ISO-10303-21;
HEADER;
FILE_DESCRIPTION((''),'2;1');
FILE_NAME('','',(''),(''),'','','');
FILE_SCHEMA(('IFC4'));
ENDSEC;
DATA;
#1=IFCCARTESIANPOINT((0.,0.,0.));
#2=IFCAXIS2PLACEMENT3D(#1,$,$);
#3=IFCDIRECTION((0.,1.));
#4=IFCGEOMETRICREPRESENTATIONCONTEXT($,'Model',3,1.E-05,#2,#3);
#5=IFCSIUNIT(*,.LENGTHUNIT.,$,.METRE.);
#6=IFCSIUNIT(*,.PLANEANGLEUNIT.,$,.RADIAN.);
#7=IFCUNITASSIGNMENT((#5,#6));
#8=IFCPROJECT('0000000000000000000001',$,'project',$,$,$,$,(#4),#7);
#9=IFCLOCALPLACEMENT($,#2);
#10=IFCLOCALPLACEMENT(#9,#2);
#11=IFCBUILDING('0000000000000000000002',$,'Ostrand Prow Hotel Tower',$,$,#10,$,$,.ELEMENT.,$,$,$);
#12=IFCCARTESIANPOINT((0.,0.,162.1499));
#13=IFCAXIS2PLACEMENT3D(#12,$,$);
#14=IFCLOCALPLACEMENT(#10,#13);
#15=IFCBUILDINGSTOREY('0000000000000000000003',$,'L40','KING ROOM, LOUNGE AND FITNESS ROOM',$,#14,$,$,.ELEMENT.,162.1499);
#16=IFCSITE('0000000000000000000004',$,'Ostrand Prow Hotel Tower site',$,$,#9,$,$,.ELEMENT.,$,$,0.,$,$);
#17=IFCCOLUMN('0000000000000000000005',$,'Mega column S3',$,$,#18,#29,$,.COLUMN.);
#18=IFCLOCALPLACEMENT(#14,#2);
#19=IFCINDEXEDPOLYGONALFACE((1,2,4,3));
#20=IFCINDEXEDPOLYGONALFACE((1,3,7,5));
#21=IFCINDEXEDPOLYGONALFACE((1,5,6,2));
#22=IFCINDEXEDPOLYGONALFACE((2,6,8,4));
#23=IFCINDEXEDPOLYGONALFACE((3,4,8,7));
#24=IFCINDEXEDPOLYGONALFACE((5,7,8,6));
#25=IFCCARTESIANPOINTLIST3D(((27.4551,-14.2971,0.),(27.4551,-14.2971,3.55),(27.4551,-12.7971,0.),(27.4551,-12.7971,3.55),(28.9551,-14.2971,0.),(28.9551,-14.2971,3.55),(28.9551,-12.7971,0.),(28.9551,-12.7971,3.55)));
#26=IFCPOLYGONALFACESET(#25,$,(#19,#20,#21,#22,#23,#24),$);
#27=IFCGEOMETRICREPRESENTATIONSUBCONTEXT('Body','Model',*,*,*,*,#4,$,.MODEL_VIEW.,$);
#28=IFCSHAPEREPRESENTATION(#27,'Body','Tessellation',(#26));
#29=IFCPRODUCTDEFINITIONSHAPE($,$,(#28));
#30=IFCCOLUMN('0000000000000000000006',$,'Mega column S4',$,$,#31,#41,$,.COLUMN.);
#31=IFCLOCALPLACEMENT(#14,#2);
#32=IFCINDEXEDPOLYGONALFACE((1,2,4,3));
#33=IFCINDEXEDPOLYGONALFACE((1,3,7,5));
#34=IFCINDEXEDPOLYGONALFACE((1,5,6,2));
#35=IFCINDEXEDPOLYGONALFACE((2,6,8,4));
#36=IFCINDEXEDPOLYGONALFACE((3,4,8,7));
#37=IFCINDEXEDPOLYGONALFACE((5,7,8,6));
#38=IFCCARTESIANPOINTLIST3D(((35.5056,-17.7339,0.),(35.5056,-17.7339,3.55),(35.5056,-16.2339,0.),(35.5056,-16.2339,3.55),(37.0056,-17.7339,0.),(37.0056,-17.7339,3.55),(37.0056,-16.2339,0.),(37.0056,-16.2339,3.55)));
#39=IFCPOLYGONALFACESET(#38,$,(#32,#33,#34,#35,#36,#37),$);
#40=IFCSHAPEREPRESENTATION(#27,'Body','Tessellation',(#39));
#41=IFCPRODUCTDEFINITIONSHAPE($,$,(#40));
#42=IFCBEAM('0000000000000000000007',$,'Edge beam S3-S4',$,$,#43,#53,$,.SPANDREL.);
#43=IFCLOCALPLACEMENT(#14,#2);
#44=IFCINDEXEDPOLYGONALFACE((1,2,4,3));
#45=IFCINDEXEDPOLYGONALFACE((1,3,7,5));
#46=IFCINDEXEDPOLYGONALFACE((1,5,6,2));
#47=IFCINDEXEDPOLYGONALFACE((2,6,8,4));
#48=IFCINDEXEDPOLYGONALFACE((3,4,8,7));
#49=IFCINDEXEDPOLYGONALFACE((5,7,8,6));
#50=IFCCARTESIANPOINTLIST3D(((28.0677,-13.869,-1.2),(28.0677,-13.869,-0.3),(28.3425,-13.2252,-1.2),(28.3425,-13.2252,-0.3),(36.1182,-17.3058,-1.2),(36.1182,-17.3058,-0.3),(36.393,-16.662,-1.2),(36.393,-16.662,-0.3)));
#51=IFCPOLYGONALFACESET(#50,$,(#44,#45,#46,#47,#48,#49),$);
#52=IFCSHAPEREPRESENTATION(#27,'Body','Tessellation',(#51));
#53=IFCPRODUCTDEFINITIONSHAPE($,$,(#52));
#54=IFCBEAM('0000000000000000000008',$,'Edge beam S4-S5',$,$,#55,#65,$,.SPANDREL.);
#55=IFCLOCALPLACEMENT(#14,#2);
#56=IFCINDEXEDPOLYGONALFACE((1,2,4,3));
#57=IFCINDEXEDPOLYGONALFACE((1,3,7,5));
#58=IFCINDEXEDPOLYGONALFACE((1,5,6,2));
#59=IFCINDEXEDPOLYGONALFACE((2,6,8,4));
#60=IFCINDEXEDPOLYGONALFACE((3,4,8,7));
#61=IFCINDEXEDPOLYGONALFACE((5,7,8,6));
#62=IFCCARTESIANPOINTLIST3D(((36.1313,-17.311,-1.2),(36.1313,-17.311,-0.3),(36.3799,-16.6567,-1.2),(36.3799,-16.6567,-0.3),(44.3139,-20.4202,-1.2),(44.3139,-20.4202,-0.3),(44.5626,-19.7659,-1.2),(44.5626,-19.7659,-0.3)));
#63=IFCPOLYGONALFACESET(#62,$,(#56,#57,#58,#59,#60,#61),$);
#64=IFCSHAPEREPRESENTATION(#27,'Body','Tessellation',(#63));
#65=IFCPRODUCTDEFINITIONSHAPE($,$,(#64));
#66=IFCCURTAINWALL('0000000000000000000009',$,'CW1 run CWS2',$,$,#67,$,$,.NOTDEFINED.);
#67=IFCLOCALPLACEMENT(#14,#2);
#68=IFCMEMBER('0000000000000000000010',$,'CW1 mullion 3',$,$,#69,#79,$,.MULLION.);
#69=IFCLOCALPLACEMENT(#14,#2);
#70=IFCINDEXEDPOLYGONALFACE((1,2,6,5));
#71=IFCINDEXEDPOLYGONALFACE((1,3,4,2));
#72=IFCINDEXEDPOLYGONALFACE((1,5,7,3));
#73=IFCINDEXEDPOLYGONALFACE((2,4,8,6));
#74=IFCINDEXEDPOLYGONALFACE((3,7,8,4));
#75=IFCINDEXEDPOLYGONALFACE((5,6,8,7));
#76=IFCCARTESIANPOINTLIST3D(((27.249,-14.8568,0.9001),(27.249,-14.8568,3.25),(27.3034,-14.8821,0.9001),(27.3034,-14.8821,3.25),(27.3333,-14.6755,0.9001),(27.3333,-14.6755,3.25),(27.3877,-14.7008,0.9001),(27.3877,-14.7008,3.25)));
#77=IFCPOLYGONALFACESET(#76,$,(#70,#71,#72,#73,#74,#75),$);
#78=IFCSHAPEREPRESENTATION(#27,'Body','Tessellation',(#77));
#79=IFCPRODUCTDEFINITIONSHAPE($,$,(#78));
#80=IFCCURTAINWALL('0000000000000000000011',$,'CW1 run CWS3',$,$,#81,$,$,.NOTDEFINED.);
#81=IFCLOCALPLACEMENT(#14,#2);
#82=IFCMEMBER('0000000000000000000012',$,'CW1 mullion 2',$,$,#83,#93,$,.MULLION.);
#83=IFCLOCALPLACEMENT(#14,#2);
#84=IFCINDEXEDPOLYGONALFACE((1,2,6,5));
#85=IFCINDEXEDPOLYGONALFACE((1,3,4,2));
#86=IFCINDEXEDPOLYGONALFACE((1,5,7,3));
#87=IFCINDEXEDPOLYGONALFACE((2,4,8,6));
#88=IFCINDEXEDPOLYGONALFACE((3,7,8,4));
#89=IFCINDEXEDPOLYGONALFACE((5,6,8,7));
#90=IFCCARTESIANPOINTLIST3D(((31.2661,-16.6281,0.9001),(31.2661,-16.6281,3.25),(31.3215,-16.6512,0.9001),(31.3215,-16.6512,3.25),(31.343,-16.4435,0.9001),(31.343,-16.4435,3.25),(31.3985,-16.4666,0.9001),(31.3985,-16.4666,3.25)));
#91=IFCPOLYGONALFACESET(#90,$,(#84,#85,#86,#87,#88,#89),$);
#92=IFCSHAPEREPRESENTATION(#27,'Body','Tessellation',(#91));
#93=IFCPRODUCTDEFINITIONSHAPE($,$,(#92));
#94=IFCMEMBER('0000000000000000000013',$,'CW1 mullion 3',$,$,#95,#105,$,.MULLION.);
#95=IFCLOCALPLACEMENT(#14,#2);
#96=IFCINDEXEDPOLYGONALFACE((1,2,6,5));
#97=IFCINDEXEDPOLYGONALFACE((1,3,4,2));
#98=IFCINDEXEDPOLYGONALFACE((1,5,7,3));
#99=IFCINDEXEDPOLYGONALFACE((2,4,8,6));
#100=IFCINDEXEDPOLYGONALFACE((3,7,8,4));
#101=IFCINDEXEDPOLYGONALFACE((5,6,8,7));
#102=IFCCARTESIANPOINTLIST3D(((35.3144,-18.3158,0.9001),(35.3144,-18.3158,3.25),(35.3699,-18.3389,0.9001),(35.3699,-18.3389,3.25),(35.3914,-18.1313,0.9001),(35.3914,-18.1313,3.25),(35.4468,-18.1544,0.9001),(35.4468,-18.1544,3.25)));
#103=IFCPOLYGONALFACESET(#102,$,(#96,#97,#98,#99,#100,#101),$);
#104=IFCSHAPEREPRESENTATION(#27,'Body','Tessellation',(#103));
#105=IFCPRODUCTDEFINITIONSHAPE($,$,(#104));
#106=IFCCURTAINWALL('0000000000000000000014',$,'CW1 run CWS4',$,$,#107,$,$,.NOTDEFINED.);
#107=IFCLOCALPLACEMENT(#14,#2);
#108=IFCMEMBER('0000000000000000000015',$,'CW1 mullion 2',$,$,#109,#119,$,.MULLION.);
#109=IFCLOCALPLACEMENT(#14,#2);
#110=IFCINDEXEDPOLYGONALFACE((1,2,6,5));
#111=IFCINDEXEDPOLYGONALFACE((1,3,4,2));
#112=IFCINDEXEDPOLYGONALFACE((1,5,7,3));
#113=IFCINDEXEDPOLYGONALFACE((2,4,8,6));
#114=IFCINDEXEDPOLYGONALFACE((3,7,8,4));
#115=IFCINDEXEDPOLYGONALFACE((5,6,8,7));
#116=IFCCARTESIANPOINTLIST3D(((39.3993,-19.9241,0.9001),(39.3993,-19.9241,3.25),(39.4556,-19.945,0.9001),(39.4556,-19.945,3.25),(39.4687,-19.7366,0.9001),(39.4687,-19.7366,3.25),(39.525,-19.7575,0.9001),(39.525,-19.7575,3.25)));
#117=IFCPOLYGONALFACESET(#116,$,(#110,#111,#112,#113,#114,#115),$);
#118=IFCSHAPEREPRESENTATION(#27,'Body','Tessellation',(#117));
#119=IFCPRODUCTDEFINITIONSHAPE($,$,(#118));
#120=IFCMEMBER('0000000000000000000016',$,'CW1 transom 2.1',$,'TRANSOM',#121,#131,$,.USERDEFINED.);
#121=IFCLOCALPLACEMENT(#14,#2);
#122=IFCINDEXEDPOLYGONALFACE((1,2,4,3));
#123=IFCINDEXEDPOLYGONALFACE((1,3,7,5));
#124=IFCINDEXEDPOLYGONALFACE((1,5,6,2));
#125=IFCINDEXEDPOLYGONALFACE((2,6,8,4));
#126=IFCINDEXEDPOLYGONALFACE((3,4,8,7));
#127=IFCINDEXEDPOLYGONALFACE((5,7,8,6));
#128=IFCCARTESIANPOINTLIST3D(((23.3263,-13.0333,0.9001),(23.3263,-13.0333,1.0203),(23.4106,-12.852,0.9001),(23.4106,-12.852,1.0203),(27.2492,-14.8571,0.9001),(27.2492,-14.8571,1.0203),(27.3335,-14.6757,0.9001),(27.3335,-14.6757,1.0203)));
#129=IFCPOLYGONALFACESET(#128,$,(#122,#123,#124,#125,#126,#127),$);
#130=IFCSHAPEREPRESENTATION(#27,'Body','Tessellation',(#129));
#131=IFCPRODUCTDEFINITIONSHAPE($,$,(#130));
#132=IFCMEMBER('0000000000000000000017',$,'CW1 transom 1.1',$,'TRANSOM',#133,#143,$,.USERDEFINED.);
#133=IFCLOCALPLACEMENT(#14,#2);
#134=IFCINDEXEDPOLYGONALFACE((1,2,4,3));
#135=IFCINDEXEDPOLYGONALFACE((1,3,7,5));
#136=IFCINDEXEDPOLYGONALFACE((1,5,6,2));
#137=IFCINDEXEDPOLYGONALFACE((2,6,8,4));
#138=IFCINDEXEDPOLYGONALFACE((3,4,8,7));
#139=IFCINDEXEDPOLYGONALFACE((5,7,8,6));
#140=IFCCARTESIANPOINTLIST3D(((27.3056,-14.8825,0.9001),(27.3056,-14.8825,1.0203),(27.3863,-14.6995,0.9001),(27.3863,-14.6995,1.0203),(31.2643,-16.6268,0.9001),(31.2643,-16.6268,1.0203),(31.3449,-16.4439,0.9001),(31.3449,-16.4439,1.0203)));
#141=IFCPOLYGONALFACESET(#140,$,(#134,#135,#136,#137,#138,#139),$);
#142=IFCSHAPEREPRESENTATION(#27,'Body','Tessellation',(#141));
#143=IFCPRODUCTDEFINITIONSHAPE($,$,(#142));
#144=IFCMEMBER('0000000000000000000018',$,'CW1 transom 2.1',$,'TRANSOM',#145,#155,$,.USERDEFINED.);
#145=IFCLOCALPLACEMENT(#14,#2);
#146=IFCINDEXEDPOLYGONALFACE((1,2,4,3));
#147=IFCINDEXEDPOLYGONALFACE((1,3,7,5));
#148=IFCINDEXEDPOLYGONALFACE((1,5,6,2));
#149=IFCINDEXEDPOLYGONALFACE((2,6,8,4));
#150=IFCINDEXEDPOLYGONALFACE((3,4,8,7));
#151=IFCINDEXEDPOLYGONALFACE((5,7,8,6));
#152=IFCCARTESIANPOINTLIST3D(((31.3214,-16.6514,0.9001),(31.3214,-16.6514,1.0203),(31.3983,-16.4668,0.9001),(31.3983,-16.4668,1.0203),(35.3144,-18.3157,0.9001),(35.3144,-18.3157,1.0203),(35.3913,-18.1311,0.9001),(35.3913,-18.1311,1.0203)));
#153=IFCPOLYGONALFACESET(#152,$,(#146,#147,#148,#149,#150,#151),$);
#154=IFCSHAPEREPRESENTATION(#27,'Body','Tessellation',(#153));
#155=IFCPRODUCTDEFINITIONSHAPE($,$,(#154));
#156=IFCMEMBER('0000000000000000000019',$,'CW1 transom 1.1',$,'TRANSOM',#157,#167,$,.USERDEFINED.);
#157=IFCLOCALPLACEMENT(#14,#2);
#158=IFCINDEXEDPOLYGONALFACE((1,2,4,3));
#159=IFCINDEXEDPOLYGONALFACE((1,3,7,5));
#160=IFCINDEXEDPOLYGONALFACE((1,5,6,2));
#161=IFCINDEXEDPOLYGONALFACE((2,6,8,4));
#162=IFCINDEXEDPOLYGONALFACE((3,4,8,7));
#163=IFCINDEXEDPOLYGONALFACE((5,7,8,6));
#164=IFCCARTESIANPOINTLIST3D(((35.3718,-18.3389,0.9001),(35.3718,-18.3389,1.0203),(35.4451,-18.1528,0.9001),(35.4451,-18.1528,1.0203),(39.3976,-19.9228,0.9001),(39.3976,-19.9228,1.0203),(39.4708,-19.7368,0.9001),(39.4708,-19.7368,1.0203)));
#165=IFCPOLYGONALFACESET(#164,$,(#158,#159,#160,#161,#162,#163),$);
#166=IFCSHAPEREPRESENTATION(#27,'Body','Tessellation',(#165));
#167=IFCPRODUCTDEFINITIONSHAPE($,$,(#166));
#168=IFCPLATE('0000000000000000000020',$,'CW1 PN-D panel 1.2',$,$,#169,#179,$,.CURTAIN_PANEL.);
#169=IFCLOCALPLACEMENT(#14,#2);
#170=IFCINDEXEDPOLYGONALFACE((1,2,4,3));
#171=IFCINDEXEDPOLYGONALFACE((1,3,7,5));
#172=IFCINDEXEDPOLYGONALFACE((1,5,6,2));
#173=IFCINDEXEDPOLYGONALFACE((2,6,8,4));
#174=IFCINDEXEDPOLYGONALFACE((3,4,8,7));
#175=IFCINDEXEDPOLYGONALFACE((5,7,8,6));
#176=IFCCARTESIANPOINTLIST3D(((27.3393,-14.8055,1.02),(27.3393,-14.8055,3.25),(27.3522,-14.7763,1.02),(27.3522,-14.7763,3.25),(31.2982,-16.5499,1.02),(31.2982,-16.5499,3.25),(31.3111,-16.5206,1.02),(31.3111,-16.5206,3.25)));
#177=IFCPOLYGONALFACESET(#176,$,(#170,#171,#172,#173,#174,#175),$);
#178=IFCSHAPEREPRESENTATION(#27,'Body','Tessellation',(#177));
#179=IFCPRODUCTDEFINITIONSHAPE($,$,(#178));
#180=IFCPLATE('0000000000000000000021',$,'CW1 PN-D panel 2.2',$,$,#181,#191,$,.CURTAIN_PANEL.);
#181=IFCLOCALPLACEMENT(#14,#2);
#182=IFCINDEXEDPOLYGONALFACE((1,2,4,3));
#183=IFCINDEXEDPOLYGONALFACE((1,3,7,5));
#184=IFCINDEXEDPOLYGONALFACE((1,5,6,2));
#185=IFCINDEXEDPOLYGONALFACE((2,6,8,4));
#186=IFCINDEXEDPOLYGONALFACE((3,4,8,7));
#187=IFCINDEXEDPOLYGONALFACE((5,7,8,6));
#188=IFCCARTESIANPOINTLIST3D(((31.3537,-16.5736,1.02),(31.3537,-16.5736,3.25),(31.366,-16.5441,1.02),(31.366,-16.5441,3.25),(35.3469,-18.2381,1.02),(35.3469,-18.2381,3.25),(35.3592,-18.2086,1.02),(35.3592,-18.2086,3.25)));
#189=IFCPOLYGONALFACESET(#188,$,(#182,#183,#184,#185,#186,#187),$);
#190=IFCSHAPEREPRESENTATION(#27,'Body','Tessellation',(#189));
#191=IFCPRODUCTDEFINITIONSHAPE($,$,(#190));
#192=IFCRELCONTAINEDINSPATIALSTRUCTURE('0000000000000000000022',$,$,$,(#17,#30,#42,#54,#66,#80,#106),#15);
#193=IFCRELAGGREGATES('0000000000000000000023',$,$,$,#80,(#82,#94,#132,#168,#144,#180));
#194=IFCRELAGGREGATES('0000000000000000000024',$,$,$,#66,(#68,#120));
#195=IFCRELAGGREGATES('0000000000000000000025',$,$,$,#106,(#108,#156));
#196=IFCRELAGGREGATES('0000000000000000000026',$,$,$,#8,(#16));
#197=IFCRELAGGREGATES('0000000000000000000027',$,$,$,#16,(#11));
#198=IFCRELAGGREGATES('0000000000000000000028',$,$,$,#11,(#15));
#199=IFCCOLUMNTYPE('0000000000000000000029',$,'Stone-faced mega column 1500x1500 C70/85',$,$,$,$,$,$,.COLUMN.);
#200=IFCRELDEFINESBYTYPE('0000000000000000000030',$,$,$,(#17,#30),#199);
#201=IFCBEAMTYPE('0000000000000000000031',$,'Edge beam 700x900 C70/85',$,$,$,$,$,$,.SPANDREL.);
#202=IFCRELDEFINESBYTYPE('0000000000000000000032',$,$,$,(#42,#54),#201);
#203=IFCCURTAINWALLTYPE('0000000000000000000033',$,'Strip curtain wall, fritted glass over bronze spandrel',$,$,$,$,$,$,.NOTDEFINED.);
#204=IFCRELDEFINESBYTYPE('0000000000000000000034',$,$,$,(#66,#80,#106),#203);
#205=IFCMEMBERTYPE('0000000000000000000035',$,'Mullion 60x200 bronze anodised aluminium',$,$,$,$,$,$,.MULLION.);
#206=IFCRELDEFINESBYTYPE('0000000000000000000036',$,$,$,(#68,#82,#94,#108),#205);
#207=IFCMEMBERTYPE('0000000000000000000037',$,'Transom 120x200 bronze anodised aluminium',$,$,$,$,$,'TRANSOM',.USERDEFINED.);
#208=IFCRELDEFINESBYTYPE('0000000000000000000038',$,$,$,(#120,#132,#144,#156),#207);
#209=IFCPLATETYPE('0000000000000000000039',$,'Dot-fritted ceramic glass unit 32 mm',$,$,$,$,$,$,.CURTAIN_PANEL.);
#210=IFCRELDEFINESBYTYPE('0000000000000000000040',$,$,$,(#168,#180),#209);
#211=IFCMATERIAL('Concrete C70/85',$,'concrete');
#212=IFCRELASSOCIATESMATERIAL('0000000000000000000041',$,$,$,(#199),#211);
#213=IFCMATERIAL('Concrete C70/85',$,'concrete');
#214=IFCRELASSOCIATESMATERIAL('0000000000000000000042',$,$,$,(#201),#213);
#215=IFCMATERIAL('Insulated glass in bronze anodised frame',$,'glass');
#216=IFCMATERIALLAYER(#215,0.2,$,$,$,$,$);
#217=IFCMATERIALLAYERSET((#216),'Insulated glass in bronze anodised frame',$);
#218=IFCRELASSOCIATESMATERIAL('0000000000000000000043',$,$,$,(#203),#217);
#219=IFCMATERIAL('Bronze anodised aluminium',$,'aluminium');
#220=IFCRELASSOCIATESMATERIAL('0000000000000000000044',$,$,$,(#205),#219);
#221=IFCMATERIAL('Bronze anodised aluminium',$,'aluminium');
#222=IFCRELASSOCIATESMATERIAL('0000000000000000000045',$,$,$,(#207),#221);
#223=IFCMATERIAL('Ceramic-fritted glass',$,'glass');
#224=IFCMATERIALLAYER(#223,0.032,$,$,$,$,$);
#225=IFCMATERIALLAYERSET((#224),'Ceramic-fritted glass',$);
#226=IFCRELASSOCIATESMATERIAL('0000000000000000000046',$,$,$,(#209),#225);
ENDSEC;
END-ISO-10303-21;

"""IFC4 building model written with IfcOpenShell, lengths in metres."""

from ifc_helpers import new_model, si_unit, direction, frame, origin, origin_2d, place, context, subcontext, project, spatial, rectangle, extrude, material, layer, layer_set, material_profile, profile_set, type_object, element, aggregate, save


model = new_model("IFC4")

# Units and contexts
model_context = context("Model", 3, precision=1e-05, world=origin(), true_north=direction((0.0, 1.0)))
body_context = subcontext(model_context, "Body", "Model", "MODEL_VIEW")
ifc_project = project(units=[si_unit("LENGTHUNIT", "METRE"), si_unit("PLANEANGLEUNIT", "RADIAN")], contexts=[model_context])

# Site, building, storey
site_placement = place(None, origin())
site = spatial("IfcSite", under=ifc_project, at=site_placement, Name="Ostrand Prow Hotel Tower site", CompositionType="ELEMENT", RefElevation=0.0)
building_placement = place(site_placement, origin())
building = spatial("IfcBuilding", under=site, at=building_placement, Name="Ostrand Prow Hotel Tower", CompositionType="ELEMENT")
storey_placement = place(building_placement, frame((0.0, 0.0, 162.1499)))
storey = spatial("IfcBuildingStorey", under=building, at=storey_placement, Name="L40", Description="KING ROOM, LOUNGE AND FITNESS ROOM", CompositionType="ELEMENT", Elevation=162.1499)

# Columns
ifc_material_1 = material(Name="Concrete C70/85", Category="concrete")
ifc_material_profile_1 = material_profile(ifc_material_1, rectangle(XDim=1.5, YDim=1.5, at=origin_2d()), Name="RC 1500x1500")
ifc_profile_set_1 = profile_set([ifc_material_profile_1], Name="Concrete C70/85")
column_type = type_object("IfcColumnType", Name="Stone-faced mega column 1500x1500 C70/85", PredefinedType="COLUMN", material=ifc_profile_set_1)
for number, where, z_axis, x_axis, name in (
    (1, (28.2051, -13.5471, 0.0), (0.0, 0.0, 1.0), (1.0, 0.0, 0.0), "Mega column S3"),
    (2, (36.2556, -16.9839, 0.0), (0.0, 0.0, 1.0), (1.0, 0.0, 0.0), "Mega column S4"),
):
    element("IfcColumn", number, at=place(storey_placement, frame(where, z_axis=z_axis, x_axis=x_axis)), inside=storey, type_object=column_type, Name=name, PredefinedType="COLUMN", context=body_context, shape_type="SweptSolid", body=[
        extrude(rectangle(XDim=1.5, YDim=1.5, at=origin_2d()), origin(), (0.0, 0.0, 1.0), 3.55),
    ])

# Beams
ifc_material_2 = material(Name="Concrete C70/85", Category="concrete")
ifc_material_profile_2 = material_profile(ifc_material_2, rectangle(XDim=0.7, YDim=0.8999, at=origin_2d()), Name="RC 700x900")
ifc_profile_set_2 = profile_set([ifc_material_profile_2], Name="Concrete C70/85")
beam_type = type_object("IfcBeamType", Name="Edge beam 700x900 C70/85", PredefinedType="SPANDREL", material=ifc_profile_set_2)
for number, where, z_axis, x_axis, name in (
    (3, (28.2051, -13.5471, -0.75), (0.919701, -0.39262, 0.0), (0.39262, 0.919701, 0.0), "Edge beam S3-S4"),
    (4, (36.2556, -16.9839, -0.75), (0.934794, -0.355191, 0.0), (0.355191, 0.934794, 0.0), "Edge beam S4-S5"),
):
    element("IfcBeam", number, at=place(storey_placement, frame(where, z_axis=z_axis, x_axis=x_axis)), inside=storey, type_object=beam_type, Name=name, PredefinedType="SPANDREL", context=body_context, shape_type="SweptSolid", body=[
        extrude(rectangle(XDim=0.7, YDim=0.8999, at=origin_2d()), origin(), (0.0, 0.0, 1.0), 8.7534),
    ])

# Curtain wall, member
ifc_material_3 = material(Name="Insulated glass in bronze anodised frame", Category="glass")
ifc_layer_1 = layer(ifc_material_3, 0.2)
ifc_layer_set_1 = layer_set([ifc_layer_1], Name="Insulated glass in bronze anodised frame")
curtain_wall_type = type_object("IfcCurtainWallType", Name="Strip curtain wall, fritted glass over bronze spandrel", PredefinedType="NOTDEFINED", material=ifc_layer_set_1)
curtain_wall_1_placement = place(storey_placement, origin())
curtain_wall_1 = element("IfcCurtainWall", 5, at=curtain_wall_1_placement, inside=storey, type_object=curtain_wall_type, Name="CW1 run CWS2", PredefinedType="NOTDEFINED")
ifc_material_4 = material(Name="Bronze anodised aluminium", Category="aluminium")
ifc_material_profile_3 = material_profile(ifc_material_4, rectangle(XDim=0.2, YDim=0.0601, at=origin_2d()), Name="Mullion 60x200 bronze anodised aluminium")
ifc_profile_set_3 = profile_set([ifc_material_profile_3], Name="Bronze anodised aluminium")
member_type_1 = type_object("IfcMemberType", Name="Mullion 60x200 bronze anodised aluminium", PredefinedType="MULLION", material=ifc_profile_set_3)
member_1_placement = place(storey_placement, frame((27.3184, -14.7788, 0.9001), z_axis=(0.0, 0.0, 1.0), x_axis=(0.421522, 0.906818, 0.0)))
member_1 = element("IfcMember", 6, at=member_1_placement, type_object=member_type_1, Name="CW1 mullion 3", PredefinedType="MULLION", context=body_context, shape_type="SweptSolid", body=[
    extrude(rectangle(XDim=0.2, YDim=0.0601, at=origin_2d()), origin(), (0.0, 0.0, 1.0), 2.3499),
])

# Curtain wall, members
curtain_wall_2_placement = place(storey_placement, origin())
curtain_wall_2 = element("IfcCurtainWall", 7, at=curtain_wall_2_placement, inside=storey, type_object=curtain_wall_type, Name="CW1 run CWS3", PredefinedType="NOTDEFINED")
member_2_placement = place(storey_placement, frame((31.3323, -16.5474, 0.9001), z_axis=(0.0, 0.0, 1.0), x_axis=(0.384743, 0.923024, 0.0)))
member_2 = element("IfcMember", 8, at=member_2_placement, type_object=member_type_1, Name="CW1 mullion 2", PredefinedType="MULLION", context=body_context, shape_type="SweptSolid", body=[
    extrude(rectangle(XDim=0.2, YDim=0.0601, at=origin_2d()), origin(), (0.0, 0.0, 1.0), 2.3499),
])
member_3_placement = place(storey_placement, frame((35.3806, -18.2351, 0.9001), z_axis=(0.0, 0.0, 1.0), x_axis=(0.384743, 0.923024, 0.0)))
member_3 = element("IfcMember", 9, at=member_3_placement, type_object=member_type_1, Name="CW1 mullion 3", PredefinedType="MULLION", context=body_context, shape_type="SweptSolid", body=[
    extrude(rectangle(XDim=0.2, YDim=0.0601, at=origin_2d()), origin(), (0.0, 0.0, 1.0), 2.3499),
])

# Curtain wall, member
curtain_wall_3_placement = place(storey_placement, origin())
curtain_wall_3 = element("IfcCurtainWall", 10, at=curtain_wall_3_placement, inside=storey, type_object=curtain_wall_type, Name="CW1 run CWS4", PredefinedType="NOTDEFINED")
member_4_placement = place(storey_placement, frame((39.4622, -19.8408, 0.9001), z_axis=(0.0, 0.0, 1.0), x_axis=(0.347342, 0.937739, 0.0)))
member_4 = element("IfcMember", 11, at=member_4_placement, type_object=member_type_1, Name="CW1 mullion 2", PredefinedType="MULLION", context=body_context, shape_type="SweptSolid", body=[
    extrude(rectangle(XDim=0.2, YDim=0.0601, at=origin_2d()), origin(), (0.0, 0.0, 1.0), 2.3499),
])

# Members
ifc_material_5 = material(Name="Bronze anodised aluminium", Category="aluminium")
ifc_material_profile_4 = material_profile(ifc_material_5, rectangle(XDim=0.2, YDim=0.1201, at=origin_2d()), Name="Transom 120x200 bronze anodised aluminium")
ifc_profile_set_4 = profile_set([ifc_material_profile_4], Name="Bronze anodised aluminium")
member_type_2 = type_object("IfcMemberType", Name="Transom 120x200 bronze anodised aluminium", ElementType="TRANSOM", PredefinedType="USERDEFINED", material=ifc_profile_set_4)
member_5_placement = place(storey_placement, frame((23.3684, -12.9426, 0.9602), z_axis=(0.906796, -0.421569, 0.0), x_axis=(0.421569, 0.906796, 0.0)))
member_5 = element("IfcMember", 12, at=member_5_placement, type_object=member_type_2, Name="CW1 transom 2.1", ObjectType="TRANSOM", PredefinedType="USERDEFINED", context=body_context, shape_type="SweptSolid", body=[
    extrude(rectangle(XDim=0.2, YDim=0.1201, at=origin_2d()), origin(), (0.0, 0.0, 1.0), 4.3262),
])
member_6_placement = place(storey_placement, frame((27.3459, -14.791, 0.9602), z_axis=(0.915099, -0.40323, 0.0), x_axis=(0.40323, 0.915099, 0.0)))
member_6 = element("IfcMember", 13, at=member_6_placement, type_object=member_type_2, Name="CW1 transom 1.1", ObjectType="TRANSOM", PredefinedType="USERDEFINED", context=body_context, shape_type="SweptSolid", body=[
    extrude(rectangle(XDim=0.2, YDim=0.1201, at=origin_2d()), origin(), (0.0, 0.0, 1.0), 4.3259),
])
member_7_placement = place(storey_placement, frame((31.3599, -16.5591, 0.9602), z_axis=(0.923028, -0.384732, 0.0), x_axis=(0.384732, 0.923028, 0.0)))
member_7 = element("IfcMember", 14, at=member_7_placement, type_object=member_type_2, Name="CW1 transom 2.1", ObjectType="TRANSOM", PredefinedType="USERDEFINED", context=body_context, shape_type="SweptSolid", body=[
    extrude(rectangle(XDim=0.2, YDim=0.1201, at=origin_2d()), origin(), (0.0, 0.0, 1.0), 4.3259),
])
member_8_placement = place(storey_placement, frame((35.4084, -18.2458, 0.9602), z_axis=(0.930563, -0.366131, 0.0), x_axis=(0.366131, 0.930563, 0.0)))
member_8 = element("IfcMember", 15, at=member_8_placement, type_object=member_type_2, Name="CW1 transom 1.1", ObjectType="TRANSOM", PredefinedType="USERDEFINED", context=body_context, shape_type="SweptSolid", body=[
    extrude(rectangle(XDim=0.2, YDim=0.1201, at=origin_2d()), origin(), (0.0, 0.0, 1.0), 4.3262),
])

# Plates
ifc_material_6 = material(Name="Ceramic-fritted glass", Category="glass")
ifc_layer_2 = layer(ifc_material_6, 0.032)
ifc_layer_set_2 = layer_set([ifc_layer_2], Name="Ceramic-fritted glass")
plate_type_1 = type_object("IfcPlateType", Name="Dot-fritted ceramic glass unit 32 mm", PredefinedType="CURTAIN_PANEL", material=ifc_layer_set_2)
plate_1_placement = place(storey_placement, frame((29.3252, -15.6631, 1.02), z_axis=(0.0, 0.0, 1.0), x_axis=(0.915106, -0.403213, 0.0)))
plate_1 = element("IfcPlate", 16, at=plate_1_placement, type_object=plate_type_1, Name="CW1 PN-D panel 1.2", PredefinedType="CURTAIN_PANEL", context=body_context, shape_type="SweptSolid", body=[
    extrude(rectangle(XDim=4.3262, YDim=0.032, at=origin_2d()), origin(), (0.0, 0.0, 1.0), 2.23),
])
plate_2_placement = place(storey_placement, frame((33.3564, -17.3911, 1.02), z_axis=(0.0, 0.0, 1.0), x_axis=(0.923024, -0.384743, 0.0)))
plate_2 = element("IfcPlate", 17, at=plate_2_placement, type_object=plate_type_1, Name="CW1 PN-D panel 2.2", PredefinedType="CURTAIN_PANEL", context=body_context, shape_type="SweptSolid", body=[
    extrude(rectangle(XDim=4.3262, YDim=0.032, at=origin_2d()), origin(), (0.0, 0.0, 1.0), 2.23),
])
aggregate(curtain_wall_2, [member_2, member_3, member_6, plate_1, member_7, plate_2])
aggregate(curtain_wall_1, [member_1, member_5])
aggregate(curtain_wall_3, [member_4, member_8])

save(model, "model.ifc")
